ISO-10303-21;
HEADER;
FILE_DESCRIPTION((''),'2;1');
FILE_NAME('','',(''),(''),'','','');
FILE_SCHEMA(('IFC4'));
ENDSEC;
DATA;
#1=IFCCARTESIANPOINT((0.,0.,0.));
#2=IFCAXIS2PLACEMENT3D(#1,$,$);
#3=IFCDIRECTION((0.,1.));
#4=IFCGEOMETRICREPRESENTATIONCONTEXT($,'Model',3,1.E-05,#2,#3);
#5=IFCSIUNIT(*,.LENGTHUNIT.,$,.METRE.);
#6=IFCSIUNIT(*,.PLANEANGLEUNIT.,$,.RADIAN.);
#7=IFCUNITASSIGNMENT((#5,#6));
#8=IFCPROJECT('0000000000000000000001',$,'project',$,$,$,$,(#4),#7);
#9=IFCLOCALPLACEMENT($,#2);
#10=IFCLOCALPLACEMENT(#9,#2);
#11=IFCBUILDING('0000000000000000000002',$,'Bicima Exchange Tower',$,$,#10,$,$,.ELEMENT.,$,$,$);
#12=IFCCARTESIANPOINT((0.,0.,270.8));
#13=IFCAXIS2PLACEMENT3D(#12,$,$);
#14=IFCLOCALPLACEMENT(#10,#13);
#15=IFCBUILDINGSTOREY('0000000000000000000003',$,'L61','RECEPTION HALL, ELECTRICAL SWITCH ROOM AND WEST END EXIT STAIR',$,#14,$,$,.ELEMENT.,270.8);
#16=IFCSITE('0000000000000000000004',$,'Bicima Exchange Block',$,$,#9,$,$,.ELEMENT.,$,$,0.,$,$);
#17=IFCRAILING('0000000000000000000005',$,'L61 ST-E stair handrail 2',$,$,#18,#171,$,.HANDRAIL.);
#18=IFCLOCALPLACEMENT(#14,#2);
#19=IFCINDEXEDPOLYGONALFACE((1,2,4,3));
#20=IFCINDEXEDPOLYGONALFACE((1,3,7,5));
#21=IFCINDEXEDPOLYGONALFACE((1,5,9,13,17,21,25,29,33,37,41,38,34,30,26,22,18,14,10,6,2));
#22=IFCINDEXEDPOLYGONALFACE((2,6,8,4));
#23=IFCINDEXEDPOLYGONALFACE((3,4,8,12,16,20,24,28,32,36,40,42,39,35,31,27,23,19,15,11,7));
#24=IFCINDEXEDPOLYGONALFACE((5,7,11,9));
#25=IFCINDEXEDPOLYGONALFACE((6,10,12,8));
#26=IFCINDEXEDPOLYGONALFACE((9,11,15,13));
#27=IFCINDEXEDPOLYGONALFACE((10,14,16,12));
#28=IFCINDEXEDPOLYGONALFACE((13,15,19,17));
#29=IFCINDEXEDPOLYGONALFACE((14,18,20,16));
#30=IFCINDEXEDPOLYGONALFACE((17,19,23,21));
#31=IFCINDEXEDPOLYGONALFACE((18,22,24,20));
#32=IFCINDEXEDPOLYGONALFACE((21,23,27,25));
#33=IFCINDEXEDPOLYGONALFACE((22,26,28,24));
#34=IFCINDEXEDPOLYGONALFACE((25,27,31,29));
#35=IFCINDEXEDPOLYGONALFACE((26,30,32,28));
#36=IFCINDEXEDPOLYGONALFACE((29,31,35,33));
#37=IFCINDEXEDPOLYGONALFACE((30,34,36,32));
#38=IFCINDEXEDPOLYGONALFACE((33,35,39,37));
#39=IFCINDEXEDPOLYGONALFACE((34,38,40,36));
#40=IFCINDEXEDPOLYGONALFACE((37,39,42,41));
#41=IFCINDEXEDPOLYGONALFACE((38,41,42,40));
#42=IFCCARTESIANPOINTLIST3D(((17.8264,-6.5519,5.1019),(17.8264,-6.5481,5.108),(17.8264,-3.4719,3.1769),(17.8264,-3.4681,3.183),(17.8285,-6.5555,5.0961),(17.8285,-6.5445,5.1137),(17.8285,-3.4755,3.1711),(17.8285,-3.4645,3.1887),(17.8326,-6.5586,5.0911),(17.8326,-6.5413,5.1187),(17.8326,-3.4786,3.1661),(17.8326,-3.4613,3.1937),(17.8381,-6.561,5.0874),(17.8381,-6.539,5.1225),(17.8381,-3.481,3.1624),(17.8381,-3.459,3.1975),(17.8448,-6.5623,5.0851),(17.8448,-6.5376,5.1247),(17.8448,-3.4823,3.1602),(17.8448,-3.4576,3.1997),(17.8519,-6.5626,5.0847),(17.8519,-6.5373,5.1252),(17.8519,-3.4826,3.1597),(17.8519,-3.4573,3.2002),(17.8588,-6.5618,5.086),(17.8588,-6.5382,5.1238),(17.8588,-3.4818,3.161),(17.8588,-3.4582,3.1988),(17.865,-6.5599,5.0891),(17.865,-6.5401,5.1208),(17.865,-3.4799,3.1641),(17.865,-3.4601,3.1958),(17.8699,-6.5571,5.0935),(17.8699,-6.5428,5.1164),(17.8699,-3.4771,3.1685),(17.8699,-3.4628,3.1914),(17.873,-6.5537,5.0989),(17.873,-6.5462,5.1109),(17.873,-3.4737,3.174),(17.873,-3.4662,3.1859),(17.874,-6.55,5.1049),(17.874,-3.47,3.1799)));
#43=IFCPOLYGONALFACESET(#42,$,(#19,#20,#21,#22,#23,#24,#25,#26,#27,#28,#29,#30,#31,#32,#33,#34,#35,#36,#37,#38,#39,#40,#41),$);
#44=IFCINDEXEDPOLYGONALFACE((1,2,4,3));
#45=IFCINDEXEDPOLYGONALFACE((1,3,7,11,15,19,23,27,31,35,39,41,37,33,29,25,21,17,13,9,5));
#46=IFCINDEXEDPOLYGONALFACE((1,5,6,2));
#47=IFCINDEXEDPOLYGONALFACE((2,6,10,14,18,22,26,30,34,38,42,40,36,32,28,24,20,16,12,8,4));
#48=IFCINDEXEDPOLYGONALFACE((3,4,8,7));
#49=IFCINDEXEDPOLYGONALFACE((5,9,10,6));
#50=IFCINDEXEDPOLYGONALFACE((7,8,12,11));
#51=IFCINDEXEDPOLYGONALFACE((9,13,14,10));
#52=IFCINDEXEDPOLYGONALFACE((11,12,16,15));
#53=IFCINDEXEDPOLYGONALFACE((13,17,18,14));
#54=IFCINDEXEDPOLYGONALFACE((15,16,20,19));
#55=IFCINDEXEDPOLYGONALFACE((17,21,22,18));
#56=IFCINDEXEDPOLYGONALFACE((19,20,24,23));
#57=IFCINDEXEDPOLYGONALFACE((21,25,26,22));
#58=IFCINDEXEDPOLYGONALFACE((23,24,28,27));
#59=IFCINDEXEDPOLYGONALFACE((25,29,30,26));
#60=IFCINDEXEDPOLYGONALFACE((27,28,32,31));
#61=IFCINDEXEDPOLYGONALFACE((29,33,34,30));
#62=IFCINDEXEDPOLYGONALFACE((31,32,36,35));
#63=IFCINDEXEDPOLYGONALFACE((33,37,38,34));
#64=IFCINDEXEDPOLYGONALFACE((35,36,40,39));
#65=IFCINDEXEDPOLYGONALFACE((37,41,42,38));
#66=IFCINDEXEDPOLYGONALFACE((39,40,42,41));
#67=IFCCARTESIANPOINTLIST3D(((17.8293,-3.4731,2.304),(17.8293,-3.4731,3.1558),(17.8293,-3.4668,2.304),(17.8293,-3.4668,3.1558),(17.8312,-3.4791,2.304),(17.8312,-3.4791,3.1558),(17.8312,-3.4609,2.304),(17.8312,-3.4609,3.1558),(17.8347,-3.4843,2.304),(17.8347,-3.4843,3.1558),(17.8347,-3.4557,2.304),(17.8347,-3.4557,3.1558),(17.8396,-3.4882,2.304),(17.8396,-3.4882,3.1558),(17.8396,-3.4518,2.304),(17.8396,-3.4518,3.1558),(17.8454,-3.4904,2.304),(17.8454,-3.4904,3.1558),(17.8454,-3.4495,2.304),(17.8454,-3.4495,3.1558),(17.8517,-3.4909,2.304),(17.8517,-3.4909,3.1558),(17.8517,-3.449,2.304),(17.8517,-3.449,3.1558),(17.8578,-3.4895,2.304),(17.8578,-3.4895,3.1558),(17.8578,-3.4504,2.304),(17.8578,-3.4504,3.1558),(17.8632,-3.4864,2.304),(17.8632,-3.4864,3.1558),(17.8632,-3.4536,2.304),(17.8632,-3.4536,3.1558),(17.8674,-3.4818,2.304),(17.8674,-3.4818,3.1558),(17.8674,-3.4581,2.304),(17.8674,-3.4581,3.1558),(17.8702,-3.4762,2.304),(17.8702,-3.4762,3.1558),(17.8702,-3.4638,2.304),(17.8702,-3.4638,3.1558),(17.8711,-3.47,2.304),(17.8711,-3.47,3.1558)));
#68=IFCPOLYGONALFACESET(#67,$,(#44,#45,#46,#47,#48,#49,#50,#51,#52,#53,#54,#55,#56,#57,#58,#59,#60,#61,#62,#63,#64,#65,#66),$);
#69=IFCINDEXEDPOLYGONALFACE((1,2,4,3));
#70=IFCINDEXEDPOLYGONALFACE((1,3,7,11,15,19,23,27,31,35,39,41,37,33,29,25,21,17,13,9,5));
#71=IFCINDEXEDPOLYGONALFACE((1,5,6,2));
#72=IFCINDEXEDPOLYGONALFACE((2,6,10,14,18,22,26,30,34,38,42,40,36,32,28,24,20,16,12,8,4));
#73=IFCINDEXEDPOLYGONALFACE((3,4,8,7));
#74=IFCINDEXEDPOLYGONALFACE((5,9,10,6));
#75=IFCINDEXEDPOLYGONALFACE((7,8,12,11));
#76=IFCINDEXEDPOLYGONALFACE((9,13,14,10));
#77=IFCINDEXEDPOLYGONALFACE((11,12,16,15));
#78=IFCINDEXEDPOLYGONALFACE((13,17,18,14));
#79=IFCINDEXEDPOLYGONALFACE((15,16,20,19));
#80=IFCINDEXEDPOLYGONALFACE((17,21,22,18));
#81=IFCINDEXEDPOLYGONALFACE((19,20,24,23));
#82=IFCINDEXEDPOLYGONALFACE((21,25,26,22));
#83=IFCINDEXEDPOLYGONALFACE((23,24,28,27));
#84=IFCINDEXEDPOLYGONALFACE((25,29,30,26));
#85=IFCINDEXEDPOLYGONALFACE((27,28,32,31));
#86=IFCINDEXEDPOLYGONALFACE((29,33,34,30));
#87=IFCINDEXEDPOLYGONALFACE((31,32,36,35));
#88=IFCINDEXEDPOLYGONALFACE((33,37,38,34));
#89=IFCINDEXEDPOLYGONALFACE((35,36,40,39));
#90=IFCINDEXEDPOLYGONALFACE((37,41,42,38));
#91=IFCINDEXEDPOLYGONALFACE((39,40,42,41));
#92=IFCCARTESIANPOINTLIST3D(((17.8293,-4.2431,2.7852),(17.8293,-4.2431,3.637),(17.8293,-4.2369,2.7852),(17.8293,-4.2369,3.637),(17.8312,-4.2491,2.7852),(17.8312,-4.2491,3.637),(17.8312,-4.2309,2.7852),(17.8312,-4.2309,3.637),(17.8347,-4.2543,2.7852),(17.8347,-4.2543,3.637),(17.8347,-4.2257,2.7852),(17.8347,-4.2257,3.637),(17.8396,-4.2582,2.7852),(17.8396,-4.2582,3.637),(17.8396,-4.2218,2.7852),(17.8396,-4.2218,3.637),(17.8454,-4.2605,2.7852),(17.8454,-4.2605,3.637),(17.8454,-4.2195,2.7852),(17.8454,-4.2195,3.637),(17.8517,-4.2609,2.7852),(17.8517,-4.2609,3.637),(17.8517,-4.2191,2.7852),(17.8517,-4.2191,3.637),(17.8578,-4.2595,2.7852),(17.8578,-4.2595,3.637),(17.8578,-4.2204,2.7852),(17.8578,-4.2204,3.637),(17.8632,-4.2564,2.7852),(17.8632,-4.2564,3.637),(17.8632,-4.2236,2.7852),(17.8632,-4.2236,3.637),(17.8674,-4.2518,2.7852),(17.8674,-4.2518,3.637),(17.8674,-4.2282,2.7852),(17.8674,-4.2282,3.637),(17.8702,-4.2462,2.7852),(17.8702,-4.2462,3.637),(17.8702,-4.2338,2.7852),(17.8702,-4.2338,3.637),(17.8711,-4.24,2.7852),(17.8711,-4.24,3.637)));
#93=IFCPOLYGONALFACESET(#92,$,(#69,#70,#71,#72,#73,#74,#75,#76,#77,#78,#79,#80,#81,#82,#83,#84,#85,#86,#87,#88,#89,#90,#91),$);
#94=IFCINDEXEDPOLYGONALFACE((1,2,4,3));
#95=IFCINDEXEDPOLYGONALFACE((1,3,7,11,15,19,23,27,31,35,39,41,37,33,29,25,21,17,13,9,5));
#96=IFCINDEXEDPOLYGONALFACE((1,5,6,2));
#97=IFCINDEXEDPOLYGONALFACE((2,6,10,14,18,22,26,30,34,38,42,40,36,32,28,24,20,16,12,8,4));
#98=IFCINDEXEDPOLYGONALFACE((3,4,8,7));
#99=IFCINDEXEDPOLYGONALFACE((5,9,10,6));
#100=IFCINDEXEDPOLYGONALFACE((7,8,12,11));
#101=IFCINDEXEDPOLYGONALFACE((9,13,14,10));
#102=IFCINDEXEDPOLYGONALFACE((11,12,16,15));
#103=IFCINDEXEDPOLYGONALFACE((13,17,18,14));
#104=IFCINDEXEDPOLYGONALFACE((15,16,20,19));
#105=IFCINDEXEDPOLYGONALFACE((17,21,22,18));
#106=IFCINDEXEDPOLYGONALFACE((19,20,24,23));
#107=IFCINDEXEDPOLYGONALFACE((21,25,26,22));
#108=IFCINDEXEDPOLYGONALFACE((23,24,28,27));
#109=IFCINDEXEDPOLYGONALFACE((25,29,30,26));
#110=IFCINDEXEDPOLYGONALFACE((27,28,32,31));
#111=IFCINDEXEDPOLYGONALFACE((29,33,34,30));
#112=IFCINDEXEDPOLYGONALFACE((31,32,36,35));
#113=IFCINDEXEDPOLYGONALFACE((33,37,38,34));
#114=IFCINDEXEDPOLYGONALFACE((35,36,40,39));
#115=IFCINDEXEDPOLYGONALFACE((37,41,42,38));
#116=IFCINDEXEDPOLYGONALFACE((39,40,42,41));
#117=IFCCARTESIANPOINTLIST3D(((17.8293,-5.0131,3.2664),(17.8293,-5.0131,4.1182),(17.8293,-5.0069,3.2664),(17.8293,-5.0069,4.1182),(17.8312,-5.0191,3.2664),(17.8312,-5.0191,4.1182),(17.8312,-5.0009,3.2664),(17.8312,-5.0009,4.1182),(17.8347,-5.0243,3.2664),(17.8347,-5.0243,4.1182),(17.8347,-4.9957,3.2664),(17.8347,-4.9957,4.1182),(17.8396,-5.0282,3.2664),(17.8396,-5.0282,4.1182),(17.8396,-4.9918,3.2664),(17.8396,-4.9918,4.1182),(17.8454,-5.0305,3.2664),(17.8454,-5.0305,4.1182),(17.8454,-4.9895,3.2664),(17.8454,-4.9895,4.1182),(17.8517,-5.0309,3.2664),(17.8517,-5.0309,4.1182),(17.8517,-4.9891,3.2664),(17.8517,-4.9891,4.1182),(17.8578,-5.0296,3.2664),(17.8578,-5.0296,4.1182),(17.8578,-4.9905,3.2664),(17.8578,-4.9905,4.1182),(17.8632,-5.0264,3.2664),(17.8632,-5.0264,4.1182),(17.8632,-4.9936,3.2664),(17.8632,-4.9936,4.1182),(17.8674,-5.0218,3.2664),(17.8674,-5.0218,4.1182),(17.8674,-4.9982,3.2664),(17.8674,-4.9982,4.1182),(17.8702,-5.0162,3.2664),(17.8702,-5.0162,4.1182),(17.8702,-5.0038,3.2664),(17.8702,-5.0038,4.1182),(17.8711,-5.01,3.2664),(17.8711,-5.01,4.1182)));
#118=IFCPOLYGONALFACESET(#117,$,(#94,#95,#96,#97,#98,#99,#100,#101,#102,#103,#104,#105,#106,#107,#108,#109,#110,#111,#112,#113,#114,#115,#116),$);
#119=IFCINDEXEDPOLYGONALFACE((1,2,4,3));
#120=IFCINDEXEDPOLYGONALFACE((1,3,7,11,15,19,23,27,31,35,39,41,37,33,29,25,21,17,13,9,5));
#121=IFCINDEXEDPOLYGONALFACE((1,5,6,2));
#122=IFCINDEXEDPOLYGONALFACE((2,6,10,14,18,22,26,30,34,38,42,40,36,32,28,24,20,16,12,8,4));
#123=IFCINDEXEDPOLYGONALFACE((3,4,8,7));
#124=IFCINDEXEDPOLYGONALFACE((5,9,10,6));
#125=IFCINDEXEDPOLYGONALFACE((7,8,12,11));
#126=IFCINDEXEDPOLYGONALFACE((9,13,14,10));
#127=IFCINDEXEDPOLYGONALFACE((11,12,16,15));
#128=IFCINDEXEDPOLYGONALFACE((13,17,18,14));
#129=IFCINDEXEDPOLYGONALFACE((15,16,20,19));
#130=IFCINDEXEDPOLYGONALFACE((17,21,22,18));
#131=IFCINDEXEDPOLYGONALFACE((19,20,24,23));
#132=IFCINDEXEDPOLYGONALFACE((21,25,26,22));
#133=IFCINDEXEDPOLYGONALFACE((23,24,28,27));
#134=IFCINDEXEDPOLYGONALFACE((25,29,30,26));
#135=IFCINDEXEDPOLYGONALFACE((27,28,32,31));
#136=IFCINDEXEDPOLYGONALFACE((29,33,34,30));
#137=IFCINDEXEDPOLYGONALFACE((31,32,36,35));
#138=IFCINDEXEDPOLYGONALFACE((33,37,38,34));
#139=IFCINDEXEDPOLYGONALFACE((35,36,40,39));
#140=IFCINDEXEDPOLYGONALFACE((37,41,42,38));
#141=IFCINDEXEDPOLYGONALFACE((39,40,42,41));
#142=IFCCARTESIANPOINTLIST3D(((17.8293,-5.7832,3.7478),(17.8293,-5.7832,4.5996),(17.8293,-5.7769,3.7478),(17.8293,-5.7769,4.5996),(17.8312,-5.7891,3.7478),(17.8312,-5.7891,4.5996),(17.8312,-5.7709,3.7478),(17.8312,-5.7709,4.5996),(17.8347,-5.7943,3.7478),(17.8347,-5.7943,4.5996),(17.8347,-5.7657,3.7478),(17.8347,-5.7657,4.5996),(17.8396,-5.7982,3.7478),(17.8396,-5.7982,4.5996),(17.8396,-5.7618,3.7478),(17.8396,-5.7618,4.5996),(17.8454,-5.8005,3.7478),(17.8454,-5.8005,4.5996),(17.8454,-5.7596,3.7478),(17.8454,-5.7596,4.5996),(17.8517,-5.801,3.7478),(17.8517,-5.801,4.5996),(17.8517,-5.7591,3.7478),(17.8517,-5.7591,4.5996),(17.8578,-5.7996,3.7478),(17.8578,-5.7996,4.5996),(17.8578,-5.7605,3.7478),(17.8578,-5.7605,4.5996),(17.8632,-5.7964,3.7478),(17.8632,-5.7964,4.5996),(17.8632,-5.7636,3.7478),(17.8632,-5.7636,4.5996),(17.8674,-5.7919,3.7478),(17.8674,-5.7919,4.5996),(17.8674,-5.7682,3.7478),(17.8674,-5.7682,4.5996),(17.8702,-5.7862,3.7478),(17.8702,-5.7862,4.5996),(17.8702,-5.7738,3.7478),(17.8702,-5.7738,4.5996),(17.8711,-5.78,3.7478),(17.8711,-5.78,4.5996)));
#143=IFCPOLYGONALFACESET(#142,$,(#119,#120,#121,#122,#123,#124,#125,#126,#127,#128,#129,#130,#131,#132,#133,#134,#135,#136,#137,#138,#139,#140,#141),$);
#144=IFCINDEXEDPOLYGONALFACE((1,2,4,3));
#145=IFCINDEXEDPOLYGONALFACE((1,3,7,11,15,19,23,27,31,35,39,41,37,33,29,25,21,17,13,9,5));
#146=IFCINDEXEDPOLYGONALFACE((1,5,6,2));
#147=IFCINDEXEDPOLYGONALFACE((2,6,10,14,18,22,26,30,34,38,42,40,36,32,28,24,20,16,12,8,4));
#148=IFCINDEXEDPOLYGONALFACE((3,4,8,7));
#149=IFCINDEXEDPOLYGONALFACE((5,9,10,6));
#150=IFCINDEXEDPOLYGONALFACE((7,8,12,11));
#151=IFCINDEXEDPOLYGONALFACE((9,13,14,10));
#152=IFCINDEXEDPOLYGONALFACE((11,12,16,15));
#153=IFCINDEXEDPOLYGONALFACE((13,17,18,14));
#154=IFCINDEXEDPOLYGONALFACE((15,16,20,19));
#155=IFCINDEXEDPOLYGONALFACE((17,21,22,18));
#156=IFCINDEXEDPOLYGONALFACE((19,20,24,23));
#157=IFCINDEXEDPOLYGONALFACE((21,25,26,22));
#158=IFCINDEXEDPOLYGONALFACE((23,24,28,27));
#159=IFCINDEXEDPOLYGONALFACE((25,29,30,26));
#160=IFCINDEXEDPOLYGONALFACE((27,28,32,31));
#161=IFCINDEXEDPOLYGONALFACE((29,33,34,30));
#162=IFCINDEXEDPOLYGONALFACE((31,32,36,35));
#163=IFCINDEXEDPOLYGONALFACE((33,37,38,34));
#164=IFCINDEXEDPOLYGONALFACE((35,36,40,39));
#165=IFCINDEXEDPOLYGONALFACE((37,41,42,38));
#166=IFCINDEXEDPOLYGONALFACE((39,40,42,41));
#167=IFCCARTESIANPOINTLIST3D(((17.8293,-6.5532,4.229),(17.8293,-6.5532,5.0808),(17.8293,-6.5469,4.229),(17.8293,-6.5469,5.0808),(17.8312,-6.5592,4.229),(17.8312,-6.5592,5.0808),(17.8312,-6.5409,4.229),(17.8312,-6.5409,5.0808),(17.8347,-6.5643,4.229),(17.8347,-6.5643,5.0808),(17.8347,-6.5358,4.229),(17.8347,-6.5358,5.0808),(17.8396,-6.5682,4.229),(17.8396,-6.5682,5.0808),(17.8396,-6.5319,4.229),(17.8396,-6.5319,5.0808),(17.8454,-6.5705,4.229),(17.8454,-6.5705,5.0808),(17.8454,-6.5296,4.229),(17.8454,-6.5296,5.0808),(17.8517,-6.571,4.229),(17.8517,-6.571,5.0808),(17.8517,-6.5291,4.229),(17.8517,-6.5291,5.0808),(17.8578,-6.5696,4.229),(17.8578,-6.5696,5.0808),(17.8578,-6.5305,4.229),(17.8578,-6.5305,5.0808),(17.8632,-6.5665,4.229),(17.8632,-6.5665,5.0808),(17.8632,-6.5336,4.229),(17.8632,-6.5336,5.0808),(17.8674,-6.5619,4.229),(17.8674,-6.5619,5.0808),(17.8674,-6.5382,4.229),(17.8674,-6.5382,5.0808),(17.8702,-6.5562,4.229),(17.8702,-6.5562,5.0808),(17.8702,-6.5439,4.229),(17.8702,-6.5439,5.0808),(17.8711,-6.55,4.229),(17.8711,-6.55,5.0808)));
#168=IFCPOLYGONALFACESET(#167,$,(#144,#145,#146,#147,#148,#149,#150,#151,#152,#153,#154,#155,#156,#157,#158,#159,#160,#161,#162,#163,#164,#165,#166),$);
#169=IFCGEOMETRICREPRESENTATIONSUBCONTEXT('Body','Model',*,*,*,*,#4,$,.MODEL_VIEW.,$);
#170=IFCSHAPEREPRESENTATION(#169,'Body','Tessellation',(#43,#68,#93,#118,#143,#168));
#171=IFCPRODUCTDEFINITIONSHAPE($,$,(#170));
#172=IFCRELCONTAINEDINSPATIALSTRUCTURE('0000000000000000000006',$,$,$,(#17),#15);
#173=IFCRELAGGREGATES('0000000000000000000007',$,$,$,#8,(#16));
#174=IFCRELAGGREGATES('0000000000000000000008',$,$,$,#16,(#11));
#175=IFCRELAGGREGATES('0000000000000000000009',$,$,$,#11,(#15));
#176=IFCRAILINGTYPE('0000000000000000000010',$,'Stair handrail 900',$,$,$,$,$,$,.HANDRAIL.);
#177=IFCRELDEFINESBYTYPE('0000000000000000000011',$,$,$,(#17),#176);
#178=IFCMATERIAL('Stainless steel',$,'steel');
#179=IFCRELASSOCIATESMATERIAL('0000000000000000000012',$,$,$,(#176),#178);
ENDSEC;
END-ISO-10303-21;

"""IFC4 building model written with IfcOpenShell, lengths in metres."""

from ifc_helpers import new_model, si_unit, direction, frame, origin, origin_2d, place, context, subcontext, project, spatial, circle, extrude, material, type_object, element, save


model = new_model("IFC4")

# Units and contexts
model_context = context("Model", 3, precision=1e-05, world=origin(), true_north=direction((0.0, 1.0)))
body_context = subcontext(model_context, "Body", "Model", "MODEL_VIEW")
ifc_project = project(units=[si_unit("LENGTHUNIT", "METRE"), si_unit("PLANEANGLEUNIT", "RADIAN")], contexts=[model_context])

# Site, building, storey
site_placement = place(None, origin())
site = spatial("IfcSite", under=ifc_project, at=site_placement, Name="Bicima Exchange Block", CompositionType="ELEMENT", RefElevation=0.0)
building_placement = place(site_placement, origin())
building = spatial("IfcBuilding", under=site, at=building_placement, Name="Bicima Exchange Tower", CompositionType="ELEMENT")
storey_placement = place(building_placement, frame((0.0, 0.0, 270.8)))
storey = spatial("IfcBuildingStorey", under=building, at=storey_placement, Name="L61", Description="RECEPTION HALL, ELECTRICAL SWITCH ROOM AND WEST END EXIT STAIR", CompositionType="ELEMENT", Elevation=270.8)

# Railing
ifc_material_1 = material(Name="Stainless steel", Category="steel")
railing_type = type_object("IfcRailingType", Name="Stair handrail 900", PredefinedType="HANDRAIL", material=ifc_material_1)
railing_placement = place(storey_placement, frame((17.8501, -3.47, 2.304)))
element("IfcRailing", 1, at=railing_placement, inside=storey, type_object=railing_type, Name="L61 ST-E stair handrail 2", PredefinedType="HANDRAIL", context=body_context, shape_type="SweptSolid", body=[
    extrude(circle(Radius=0.0239, at=origin_2d()), frame((0.0, 0.0, 0.876), z_axis=(0.0, -0.847998, 0.529999), x_axis=(1.0, 0.0, 0.0)), (0.0, 0.0, 1.0), 3.6321),
    extrude(circle(Radius=0.021, at=origin_2d()), origin(), (0.0, 0.0, 1.0), 0.8518),
    extrude(circle(Radius=0.021, at=origin_2d()), frame((0.0, -0.77, 0.4812)), (0.0, 0.0, 1.0), 0.8518),
    extrude(circle(Radius=0.021, at=origin_2d()), frame((0.0, -1.54, 0.9624)), (0.0, 0.0, 1.0), 0.8518),
    extrude(circle(Radius=0.021, at=origin_2d()), frame((0.0, -2.3101, 1.4438)), (0.0, 0.0, 1.0), 0.8518),
    extrude(circle(Radius=0.021, at=origin_2d()), frame((0.0, -3.0801, 1.925)), (0.0, 0.0, 1.0), 0.8518),
])

save(model, "model.ifc")
